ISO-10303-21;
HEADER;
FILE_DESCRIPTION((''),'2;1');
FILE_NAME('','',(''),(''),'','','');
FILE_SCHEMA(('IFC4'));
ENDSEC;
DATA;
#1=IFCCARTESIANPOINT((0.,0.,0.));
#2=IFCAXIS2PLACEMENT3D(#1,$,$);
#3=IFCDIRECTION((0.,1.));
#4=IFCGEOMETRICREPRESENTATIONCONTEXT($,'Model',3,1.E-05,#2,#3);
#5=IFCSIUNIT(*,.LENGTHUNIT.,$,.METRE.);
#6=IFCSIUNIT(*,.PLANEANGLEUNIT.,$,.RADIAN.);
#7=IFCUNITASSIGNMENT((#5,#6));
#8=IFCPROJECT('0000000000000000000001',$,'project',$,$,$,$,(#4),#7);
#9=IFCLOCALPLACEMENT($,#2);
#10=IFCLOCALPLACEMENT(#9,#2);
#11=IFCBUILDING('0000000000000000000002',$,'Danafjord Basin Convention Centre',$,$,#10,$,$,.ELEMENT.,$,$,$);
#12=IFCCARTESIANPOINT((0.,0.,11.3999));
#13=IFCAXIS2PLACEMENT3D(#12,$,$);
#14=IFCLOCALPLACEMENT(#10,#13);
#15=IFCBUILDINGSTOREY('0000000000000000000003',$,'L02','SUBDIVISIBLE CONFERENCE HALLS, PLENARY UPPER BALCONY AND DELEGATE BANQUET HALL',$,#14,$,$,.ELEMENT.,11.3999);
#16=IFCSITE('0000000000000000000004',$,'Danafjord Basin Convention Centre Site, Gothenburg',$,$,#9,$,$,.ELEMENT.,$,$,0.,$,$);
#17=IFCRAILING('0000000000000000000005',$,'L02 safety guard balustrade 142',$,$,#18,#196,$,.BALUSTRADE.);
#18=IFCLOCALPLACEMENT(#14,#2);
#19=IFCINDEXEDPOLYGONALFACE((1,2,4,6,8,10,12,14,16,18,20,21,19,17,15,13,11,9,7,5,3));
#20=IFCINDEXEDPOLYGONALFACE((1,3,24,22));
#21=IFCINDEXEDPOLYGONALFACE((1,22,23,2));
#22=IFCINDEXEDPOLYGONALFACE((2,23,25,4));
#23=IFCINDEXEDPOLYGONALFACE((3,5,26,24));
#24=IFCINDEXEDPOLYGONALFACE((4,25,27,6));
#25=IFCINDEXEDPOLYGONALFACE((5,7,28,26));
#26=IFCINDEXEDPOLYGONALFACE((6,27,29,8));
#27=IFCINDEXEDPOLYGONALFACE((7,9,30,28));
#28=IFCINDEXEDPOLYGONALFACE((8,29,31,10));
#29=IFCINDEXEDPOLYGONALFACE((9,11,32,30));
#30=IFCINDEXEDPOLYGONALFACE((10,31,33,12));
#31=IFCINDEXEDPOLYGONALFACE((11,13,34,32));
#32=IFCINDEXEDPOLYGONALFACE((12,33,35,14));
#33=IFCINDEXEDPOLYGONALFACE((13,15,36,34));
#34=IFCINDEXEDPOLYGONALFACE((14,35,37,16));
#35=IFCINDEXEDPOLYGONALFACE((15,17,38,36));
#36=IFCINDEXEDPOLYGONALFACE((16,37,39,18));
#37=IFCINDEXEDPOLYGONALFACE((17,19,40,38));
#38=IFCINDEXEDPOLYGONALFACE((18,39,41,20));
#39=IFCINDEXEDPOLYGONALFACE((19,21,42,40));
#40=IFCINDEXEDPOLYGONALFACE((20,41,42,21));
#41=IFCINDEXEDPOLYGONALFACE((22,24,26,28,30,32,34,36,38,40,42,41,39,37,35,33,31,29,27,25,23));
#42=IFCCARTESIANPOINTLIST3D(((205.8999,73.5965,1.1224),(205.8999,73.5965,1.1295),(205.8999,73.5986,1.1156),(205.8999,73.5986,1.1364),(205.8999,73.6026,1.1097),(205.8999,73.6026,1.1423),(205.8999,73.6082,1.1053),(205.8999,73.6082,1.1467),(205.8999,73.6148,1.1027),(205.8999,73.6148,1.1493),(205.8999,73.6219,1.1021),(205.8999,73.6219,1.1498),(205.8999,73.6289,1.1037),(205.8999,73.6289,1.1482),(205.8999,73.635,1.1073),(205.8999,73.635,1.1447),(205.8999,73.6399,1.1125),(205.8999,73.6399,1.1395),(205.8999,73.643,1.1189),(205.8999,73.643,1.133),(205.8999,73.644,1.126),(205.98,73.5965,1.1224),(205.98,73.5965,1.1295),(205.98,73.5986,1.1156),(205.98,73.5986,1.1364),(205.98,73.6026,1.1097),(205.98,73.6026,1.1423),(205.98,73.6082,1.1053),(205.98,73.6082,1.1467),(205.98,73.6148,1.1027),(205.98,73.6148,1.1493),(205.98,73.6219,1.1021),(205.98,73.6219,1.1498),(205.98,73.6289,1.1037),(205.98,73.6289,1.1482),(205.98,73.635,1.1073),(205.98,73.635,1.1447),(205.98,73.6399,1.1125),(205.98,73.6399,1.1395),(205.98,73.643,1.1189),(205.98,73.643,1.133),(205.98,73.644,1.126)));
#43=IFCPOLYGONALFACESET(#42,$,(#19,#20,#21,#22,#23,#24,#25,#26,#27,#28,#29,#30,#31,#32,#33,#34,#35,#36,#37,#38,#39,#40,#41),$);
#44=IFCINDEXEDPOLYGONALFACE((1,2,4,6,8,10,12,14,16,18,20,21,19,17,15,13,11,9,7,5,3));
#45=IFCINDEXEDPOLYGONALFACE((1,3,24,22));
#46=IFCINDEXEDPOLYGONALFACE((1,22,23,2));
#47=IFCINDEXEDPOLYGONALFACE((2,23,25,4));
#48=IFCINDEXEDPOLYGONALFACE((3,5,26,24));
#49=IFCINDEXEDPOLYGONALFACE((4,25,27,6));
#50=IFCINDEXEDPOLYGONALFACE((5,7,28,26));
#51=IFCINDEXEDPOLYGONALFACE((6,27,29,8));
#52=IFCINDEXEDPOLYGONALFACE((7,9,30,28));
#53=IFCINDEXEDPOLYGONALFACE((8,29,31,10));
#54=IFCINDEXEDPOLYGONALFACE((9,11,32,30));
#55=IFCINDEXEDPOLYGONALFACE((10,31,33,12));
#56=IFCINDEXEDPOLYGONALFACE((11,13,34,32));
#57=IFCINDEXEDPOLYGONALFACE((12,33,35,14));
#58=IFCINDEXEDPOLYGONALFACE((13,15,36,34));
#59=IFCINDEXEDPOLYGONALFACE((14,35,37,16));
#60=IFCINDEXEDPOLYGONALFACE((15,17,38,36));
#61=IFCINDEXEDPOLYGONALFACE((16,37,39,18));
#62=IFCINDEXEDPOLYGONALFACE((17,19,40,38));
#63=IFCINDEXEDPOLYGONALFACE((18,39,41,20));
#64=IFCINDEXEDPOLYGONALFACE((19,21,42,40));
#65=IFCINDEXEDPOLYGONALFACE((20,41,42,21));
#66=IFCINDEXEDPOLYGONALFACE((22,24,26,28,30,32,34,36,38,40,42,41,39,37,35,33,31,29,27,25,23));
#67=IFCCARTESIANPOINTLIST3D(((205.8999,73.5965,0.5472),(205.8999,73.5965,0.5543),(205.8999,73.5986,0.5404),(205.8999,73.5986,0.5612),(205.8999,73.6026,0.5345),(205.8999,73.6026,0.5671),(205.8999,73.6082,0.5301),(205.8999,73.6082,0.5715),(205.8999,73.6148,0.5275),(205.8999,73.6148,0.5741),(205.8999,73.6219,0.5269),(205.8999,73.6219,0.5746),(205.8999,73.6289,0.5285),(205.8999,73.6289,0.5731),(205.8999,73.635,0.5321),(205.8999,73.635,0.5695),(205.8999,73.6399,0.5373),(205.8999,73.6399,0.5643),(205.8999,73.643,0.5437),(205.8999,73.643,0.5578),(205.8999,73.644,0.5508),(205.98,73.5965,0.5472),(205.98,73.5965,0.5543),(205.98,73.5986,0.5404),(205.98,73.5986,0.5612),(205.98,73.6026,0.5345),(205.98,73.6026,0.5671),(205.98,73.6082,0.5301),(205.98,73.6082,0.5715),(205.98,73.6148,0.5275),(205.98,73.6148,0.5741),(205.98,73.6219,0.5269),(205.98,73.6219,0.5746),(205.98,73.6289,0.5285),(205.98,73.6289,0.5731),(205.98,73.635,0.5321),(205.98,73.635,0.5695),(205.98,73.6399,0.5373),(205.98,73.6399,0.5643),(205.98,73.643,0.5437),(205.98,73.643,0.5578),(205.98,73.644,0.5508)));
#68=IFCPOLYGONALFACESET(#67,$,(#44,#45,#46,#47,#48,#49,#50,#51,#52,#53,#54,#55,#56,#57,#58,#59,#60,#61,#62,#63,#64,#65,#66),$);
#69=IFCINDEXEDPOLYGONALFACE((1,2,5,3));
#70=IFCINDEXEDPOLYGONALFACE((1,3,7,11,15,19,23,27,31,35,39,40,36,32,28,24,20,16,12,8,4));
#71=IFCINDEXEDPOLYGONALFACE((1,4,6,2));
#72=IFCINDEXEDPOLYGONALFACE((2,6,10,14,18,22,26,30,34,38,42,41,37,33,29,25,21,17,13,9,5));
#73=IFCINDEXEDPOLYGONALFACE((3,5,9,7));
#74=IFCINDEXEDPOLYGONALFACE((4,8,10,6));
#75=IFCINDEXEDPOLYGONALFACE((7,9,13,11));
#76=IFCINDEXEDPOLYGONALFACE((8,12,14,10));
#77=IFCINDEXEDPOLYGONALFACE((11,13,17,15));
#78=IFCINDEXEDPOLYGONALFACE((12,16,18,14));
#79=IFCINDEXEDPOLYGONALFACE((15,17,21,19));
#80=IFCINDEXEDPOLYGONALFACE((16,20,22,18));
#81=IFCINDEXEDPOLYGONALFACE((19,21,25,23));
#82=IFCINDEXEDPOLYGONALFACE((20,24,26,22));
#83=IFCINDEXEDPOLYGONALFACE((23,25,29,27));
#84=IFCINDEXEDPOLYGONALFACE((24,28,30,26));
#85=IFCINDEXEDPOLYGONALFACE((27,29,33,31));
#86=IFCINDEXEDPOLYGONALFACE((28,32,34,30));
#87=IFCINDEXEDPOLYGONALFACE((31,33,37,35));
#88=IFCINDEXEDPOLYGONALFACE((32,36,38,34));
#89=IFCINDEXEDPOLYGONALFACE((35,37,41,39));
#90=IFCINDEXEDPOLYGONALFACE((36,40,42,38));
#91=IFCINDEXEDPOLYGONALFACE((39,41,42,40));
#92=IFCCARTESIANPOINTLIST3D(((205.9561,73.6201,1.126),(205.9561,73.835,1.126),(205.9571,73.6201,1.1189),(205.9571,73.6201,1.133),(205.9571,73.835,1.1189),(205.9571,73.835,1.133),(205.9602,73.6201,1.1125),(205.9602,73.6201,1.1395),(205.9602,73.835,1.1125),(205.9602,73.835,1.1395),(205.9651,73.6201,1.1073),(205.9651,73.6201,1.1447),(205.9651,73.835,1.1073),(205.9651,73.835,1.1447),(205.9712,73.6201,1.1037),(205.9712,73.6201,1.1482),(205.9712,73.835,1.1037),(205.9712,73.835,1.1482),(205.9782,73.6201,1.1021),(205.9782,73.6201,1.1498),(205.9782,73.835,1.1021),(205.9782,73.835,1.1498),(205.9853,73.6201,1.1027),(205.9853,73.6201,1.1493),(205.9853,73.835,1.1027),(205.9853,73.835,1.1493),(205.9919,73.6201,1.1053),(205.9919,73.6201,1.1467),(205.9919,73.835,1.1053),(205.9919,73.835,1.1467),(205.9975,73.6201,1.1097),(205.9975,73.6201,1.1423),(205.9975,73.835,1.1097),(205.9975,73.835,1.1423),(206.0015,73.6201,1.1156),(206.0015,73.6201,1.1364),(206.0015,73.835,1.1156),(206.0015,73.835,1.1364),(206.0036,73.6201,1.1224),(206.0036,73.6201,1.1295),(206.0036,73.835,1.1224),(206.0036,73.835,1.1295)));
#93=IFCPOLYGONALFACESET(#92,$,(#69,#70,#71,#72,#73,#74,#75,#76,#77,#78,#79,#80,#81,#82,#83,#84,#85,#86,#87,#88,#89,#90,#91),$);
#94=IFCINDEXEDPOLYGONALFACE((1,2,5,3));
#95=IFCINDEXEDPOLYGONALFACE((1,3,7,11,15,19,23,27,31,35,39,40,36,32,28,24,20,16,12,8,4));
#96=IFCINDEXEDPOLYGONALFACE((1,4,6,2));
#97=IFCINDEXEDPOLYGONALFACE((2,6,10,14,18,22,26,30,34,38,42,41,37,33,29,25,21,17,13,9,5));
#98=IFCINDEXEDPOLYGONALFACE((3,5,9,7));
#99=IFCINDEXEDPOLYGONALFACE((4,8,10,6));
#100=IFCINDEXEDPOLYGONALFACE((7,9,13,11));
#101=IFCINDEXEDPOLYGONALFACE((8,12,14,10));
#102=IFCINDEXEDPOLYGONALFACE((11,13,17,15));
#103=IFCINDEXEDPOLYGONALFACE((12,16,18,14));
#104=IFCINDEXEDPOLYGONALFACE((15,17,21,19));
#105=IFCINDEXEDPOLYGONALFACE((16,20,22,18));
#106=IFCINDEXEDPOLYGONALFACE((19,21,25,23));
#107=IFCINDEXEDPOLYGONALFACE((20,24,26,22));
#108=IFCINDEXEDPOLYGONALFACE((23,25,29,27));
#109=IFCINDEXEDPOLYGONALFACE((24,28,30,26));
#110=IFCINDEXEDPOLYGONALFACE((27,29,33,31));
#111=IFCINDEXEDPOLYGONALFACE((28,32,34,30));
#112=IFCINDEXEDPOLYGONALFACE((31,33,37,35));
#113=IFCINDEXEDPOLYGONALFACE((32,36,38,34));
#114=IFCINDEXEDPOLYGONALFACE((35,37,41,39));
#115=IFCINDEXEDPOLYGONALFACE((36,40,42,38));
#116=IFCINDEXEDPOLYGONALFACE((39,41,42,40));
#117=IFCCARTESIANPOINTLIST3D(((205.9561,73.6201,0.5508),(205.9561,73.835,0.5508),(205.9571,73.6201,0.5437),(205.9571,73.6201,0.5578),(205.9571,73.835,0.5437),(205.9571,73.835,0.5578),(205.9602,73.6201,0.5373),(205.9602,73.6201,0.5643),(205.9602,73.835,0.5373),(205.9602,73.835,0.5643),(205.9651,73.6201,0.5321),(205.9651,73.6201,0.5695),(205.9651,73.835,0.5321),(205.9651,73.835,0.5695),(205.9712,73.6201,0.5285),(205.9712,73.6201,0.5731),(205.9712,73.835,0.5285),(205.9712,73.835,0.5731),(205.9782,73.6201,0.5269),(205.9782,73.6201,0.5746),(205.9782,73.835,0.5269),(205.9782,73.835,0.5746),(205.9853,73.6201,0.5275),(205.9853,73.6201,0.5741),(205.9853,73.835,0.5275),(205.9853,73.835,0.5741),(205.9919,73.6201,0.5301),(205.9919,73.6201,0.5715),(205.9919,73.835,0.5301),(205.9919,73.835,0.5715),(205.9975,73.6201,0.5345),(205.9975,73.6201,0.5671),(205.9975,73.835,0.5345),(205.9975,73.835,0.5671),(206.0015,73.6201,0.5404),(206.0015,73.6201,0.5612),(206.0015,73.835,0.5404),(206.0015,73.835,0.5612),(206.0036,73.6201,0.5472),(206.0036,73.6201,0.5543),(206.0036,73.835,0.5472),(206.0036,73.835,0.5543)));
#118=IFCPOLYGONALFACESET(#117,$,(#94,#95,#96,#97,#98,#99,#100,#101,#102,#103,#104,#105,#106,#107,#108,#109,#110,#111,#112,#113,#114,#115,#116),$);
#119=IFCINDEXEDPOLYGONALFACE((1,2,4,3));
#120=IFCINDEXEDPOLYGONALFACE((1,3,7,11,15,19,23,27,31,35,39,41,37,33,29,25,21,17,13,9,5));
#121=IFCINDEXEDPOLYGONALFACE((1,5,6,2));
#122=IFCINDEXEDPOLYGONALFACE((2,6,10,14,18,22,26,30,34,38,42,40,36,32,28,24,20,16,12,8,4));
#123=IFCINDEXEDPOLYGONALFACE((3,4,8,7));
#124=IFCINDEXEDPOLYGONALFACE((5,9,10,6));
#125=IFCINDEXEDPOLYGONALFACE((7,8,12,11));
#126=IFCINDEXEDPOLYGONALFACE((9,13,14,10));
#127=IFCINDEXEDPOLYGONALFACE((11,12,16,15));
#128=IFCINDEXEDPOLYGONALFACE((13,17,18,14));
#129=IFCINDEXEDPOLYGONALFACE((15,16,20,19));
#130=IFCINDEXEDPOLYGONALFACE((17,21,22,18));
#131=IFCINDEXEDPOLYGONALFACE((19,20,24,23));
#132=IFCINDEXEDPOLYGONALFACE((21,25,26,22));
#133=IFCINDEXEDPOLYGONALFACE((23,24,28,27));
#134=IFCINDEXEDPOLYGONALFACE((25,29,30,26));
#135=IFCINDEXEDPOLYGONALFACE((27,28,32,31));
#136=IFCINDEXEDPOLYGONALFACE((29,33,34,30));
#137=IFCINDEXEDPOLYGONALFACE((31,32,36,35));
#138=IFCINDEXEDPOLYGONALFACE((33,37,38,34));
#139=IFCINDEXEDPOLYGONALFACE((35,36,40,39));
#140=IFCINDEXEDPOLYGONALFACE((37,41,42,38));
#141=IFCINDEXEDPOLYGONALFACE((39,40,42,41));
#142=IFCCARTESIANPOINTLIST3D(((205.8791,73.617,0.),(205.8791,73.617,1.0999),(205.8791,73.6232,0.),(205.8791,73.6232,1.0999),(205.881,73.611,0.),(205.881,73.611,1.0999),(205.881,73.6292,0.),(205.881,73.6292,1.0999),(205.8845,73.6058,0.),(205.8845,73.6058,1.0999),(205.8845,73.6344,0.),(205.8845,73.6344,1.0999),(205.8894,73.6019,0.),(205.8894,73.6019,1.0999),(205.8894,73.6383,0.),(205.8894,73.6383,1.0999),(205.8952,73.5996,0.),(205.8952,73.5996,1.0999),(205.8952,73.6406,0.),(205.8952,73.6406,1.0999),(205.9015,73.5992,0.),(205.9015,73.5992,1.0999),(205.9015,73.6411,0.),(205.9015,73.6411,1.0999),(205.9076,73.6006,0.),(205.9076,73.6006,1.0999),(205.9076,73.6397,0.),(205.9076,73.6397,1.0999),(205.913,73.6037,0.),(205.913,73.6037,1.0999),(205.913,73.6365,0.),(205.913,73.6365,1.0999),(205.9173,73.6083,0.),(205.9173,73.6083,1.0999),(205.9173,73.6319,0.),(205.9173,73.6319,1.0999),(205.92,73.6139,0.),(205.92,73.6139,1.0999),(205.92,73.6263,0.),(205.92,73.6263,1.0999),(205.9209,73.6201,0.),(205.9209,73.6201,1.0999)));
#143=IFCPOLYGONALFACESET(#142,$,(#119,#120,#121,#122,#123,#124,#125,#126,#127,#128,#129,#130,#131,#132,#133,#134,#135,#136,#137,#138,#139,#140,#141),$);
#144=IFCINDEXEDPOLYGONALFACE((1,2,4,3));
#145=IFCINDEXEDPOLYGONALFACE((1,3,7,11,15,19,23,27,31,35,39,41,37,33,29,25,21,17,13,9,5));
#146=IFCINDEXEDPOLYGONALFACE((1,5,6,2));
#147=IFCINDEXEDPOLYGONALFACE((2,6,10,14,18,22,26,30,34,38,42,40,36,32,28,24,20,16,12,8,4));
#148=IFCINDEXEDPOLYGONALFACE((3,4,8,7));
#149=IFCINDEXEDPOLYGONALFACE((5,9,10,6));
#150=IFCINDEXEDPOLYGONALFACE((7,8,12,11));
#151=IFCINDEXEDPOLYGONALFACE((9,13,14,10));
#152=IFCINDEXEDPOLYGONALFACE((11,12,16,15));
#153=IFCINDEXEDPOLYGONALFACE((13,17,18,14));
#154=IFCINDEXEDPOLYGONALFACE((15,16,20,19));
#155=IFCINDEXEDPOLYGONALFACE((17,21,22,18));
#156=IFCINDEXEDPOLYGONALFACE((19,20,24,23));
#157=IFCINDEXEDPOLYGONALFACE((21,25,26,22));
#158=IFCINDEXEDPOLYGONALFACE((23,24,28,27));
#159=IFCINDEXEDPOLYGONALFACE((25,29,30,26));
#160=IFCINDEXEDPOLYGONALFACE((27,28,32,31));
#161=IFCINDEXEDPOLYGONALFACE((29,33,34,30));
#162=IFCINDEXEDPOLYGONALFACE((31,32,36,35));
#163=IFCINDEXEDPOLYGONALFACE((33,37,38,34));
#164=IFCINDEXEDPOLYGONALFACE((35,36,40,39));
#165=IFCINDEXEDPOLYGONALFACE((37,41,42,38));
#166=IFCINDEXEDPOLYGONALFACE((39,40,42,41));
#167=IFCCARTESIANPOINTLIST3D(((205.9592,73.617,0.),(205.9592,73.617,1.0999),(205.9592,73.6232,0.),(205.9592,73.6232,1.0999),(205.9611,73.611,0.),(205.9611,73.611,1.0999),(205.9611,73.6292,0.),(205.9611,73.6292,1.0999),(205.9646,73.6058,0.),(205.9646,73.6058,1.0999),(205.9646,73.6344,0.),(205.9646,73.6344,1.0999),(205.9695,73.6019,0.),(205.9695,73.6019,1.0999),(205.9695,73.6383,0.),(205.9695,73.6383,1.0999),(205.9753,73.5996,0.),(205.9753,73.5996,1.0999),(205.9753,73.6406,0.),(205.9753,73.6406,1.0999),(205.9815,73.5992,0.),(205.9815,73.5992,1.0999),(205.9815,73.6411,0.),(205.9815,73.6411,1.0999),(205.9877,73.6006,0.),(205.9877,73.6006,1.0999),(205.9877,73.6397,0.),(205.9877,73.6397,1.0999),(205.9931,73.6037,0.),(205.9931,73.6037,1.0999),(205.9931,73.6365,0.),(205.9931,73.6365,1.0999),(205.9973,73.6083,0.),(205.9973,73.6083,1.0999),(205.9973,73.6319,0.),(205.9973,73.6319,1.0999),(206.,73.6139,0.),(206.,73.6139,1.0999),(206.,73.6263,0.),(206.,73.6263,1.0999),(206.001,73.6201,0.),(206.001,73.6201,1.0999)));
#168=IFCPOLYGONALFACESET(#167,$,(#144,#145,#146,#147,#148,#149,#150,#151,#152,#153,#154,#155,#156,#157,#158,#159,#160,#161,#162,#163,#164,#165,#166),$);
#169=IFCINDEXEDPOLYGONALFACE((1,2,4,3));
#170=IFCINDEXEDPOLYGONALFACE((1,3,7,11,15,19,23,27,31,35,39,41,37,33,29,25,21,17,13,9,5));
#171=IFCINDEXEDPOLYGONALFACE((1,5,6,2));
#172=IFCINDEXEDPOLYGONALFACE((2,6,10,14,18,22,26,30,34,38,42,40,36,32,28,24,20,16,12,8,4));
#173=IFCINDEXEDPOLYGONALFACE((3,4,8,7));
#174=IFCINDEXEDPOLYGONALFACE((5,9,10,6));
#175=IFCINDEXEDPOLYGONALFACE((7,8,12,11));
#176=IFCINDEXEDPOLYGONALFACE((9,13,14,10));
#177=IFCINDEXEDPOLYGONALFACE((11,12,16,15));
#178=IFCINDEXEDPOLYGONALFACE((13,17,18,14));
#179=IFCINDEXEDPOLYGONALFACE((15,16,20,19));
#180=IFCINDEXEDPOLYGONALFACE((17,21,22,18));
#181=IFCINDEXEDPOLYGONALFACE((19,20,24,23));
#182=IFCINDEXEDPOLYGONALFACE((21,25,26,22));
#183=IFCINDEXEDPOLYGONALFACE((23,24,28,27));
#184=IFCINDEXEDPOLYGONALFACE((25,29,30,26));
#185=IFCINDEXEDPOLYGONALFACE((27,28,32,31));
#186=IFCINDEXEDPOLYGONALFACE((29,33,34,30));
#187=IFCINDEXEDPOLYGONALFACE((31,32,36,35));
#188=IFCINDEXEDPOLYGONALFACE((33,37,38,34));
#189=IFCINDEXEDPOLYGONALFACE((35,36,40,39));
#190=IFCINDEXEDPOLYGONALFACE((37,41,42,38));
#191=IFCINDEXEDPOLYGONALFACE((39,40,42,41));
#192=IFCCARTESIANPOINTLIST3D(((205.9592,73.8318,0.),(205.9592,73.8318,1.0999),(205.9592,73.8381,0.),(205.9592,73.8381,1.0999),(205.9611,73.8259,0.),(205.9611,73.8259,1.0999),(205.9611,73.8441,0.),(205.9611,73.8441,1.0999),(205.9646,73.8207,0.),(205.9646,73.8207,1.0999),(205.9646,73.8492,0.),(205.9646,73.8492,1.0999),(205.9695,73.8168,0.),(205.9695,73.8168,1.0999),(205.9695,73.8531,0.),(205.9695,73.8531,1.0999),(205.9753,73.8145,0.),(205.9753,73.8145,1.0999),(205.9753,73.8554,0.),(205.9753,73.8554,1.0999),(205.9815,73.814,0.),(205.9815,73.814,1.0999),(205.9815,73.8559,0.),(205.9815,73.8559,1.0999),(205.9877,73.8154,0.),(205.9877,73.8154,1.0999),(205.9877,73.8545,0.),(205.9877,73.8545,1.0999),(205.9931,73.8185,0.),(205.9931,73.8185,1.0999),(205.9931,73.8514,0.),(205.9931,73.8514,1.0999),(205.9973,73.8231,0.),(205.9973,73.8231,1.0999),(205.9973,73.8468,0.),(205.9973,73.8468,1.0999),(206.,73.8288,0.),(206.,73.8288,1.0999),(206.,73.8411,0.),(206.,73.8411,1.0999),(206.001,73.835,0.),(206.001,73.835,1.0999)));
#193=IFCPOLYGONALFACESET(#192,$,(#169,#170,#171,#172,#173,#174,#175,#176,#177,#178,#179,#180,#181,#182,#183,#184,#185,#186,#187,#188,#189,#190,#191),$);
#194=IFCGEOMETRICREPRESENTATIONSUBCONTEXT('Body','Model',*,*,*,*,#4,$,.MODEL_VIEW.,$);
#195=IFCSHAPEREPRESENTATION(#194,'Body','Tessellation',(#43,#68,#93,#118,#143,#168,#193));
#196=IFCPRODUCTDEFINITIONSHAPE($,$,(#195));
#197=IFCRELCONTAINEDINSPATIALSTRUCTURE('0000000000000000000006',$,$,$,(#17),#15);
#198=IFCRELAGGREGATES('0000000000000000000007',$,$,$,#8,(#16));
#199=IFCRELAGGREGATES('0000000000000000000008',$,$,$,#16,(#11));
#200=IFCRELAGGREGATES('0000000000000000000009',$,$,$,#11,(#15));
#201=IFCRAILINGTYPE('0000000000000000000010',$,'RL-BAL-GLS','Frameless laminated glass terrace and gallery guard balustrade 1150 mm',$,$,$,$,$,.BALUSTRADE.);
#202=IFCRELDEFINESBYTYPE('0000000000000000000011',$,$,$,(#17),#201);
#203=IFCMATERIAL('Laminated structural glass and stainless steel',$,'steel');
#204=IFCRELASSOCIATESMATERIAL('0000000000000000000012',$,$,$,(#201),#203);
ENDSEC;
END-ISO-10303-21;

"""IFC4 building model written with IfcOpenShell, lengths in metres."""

from ifc_helpers import new_model, si_unit, direction, frame, origin, origin_2d, place, context, subcontext, project, spatial, circle, extrude, material, type_object, element, save


model = new_model("IFC4")

# Units and contexts
model_context = context("Model", 3, precision=1e-05, world=origin(), true_north=direction((0.0, 1.0)))
body_context = subcontext(model_context, "Body", "Model", "MODEL_VIEW")
ifc_project = project(units=[si_unit("LENGTHUNIT", "METRE"), si_unit("PLANEANGLEUNIT", "RADIAN")], contexts=[model_context])

# Site, building, storey
site_placement = place(None, origin())
site = spatial("IfcSite", under=ifc_project, at=site_placement, Name="Danafjord Basin Convention Centre Site, Gothenburg", CompositionType="ELEMENT", RefElevation=0.0)
building_placement = place(site_placement, origin())
building = spatial("IfcBuilding", under=site, at=building_placement, Name="Danafjord Basin Convention Centre", CompositionType="ELEMENT")
storey_placement = place(building_placement, frame((0.0, 0.0, 11.3999)))
storey = spatial("IfcBuildingStorey", under=building, at=storey_placement, Name="L02", Description="SUBDIVISIBLE CONFERENCE HALLS, PLENARY UPPER BALCONY AND DELEGATE BANQUET HALL", CompositionType="ELEMENT", Elevation=11.3999)

# Railing
ifc_material_1 = material(Name="Laminated structural glass and stainless steel", Category="steel")
railing_type_1 = type_object("IfcRailingType", Name="RL-BAL-GLS", Description="Frameless laminated glass terrace and gallery guard balustrade 1150 mm", PredefinedType="BALUSTRADE", material=ifc_material_1)
railing_1_placement = place(storey_placement, frame((205.8999, 73.6201, 0.0)))
element("IfcRailing", 1, at=railing_1_placement, inside=storey, type_object=railing_type_1, Name="L02 safety guard balustrade 142", PredefinedType="BALUSTRADE", context=body_context, shape_type="SweptSolid", body=[
    extrude(circle(Radius=0.0239, at=origin_2d()), frame((0.0, 0.0, 1.126), z_axis=(1.0, 0.0, 0.0), x_axis=(0.0, 1.0, 0.0)), (0.0, 0.0, 1.0), 0.0801),
    extrude(circle(Radius=0.0239, at=origin_2d()), frame((0.0, 0.0, 0.5508), z_axis=(1.0, 0.0, 0.0), x_axis=(0.0, 1.0, 0.0)), (0.0, 0.0, 1.0), 0.0801),
    extrude(circle(Radius=0.0239, at=origin_2d()), frame((0.0801, 0.0, 1.126), z_axis=(0.0, 1.0, 0.0), x_axis=(-1.0, 0.0, 0.0)), (0.0, 0.0, 1.0), 0.2148),
    extrude(circle(Radius=0.0239, at=origin_2d()), frame((0.0801, 0.0, 0.5508), z_axis=(0.0, 1.0, 0.0), x_axis=(-1.0, 0.0, 0.0)), (0.0, 0.0, 1.0), 0.2148),
    extrude(circle(Radius=0.021, at=origin_2d()), origin(), (0.0, 0.0, 1.0), 1.0999),
    extrude(circle(Radius=0.021, at=origin_2d()), frame((0.0801, 0.0, 0.0)), (0.0, 0.0, 1.0), 1.0999),
    extrude(circle(Radius=0.021, at=origin_2d()), frame((0.0801, 0.2148, 0.0)), (0.0, 0.0, 1.0), 1.0999),
])

save(model, "model.ifc")
